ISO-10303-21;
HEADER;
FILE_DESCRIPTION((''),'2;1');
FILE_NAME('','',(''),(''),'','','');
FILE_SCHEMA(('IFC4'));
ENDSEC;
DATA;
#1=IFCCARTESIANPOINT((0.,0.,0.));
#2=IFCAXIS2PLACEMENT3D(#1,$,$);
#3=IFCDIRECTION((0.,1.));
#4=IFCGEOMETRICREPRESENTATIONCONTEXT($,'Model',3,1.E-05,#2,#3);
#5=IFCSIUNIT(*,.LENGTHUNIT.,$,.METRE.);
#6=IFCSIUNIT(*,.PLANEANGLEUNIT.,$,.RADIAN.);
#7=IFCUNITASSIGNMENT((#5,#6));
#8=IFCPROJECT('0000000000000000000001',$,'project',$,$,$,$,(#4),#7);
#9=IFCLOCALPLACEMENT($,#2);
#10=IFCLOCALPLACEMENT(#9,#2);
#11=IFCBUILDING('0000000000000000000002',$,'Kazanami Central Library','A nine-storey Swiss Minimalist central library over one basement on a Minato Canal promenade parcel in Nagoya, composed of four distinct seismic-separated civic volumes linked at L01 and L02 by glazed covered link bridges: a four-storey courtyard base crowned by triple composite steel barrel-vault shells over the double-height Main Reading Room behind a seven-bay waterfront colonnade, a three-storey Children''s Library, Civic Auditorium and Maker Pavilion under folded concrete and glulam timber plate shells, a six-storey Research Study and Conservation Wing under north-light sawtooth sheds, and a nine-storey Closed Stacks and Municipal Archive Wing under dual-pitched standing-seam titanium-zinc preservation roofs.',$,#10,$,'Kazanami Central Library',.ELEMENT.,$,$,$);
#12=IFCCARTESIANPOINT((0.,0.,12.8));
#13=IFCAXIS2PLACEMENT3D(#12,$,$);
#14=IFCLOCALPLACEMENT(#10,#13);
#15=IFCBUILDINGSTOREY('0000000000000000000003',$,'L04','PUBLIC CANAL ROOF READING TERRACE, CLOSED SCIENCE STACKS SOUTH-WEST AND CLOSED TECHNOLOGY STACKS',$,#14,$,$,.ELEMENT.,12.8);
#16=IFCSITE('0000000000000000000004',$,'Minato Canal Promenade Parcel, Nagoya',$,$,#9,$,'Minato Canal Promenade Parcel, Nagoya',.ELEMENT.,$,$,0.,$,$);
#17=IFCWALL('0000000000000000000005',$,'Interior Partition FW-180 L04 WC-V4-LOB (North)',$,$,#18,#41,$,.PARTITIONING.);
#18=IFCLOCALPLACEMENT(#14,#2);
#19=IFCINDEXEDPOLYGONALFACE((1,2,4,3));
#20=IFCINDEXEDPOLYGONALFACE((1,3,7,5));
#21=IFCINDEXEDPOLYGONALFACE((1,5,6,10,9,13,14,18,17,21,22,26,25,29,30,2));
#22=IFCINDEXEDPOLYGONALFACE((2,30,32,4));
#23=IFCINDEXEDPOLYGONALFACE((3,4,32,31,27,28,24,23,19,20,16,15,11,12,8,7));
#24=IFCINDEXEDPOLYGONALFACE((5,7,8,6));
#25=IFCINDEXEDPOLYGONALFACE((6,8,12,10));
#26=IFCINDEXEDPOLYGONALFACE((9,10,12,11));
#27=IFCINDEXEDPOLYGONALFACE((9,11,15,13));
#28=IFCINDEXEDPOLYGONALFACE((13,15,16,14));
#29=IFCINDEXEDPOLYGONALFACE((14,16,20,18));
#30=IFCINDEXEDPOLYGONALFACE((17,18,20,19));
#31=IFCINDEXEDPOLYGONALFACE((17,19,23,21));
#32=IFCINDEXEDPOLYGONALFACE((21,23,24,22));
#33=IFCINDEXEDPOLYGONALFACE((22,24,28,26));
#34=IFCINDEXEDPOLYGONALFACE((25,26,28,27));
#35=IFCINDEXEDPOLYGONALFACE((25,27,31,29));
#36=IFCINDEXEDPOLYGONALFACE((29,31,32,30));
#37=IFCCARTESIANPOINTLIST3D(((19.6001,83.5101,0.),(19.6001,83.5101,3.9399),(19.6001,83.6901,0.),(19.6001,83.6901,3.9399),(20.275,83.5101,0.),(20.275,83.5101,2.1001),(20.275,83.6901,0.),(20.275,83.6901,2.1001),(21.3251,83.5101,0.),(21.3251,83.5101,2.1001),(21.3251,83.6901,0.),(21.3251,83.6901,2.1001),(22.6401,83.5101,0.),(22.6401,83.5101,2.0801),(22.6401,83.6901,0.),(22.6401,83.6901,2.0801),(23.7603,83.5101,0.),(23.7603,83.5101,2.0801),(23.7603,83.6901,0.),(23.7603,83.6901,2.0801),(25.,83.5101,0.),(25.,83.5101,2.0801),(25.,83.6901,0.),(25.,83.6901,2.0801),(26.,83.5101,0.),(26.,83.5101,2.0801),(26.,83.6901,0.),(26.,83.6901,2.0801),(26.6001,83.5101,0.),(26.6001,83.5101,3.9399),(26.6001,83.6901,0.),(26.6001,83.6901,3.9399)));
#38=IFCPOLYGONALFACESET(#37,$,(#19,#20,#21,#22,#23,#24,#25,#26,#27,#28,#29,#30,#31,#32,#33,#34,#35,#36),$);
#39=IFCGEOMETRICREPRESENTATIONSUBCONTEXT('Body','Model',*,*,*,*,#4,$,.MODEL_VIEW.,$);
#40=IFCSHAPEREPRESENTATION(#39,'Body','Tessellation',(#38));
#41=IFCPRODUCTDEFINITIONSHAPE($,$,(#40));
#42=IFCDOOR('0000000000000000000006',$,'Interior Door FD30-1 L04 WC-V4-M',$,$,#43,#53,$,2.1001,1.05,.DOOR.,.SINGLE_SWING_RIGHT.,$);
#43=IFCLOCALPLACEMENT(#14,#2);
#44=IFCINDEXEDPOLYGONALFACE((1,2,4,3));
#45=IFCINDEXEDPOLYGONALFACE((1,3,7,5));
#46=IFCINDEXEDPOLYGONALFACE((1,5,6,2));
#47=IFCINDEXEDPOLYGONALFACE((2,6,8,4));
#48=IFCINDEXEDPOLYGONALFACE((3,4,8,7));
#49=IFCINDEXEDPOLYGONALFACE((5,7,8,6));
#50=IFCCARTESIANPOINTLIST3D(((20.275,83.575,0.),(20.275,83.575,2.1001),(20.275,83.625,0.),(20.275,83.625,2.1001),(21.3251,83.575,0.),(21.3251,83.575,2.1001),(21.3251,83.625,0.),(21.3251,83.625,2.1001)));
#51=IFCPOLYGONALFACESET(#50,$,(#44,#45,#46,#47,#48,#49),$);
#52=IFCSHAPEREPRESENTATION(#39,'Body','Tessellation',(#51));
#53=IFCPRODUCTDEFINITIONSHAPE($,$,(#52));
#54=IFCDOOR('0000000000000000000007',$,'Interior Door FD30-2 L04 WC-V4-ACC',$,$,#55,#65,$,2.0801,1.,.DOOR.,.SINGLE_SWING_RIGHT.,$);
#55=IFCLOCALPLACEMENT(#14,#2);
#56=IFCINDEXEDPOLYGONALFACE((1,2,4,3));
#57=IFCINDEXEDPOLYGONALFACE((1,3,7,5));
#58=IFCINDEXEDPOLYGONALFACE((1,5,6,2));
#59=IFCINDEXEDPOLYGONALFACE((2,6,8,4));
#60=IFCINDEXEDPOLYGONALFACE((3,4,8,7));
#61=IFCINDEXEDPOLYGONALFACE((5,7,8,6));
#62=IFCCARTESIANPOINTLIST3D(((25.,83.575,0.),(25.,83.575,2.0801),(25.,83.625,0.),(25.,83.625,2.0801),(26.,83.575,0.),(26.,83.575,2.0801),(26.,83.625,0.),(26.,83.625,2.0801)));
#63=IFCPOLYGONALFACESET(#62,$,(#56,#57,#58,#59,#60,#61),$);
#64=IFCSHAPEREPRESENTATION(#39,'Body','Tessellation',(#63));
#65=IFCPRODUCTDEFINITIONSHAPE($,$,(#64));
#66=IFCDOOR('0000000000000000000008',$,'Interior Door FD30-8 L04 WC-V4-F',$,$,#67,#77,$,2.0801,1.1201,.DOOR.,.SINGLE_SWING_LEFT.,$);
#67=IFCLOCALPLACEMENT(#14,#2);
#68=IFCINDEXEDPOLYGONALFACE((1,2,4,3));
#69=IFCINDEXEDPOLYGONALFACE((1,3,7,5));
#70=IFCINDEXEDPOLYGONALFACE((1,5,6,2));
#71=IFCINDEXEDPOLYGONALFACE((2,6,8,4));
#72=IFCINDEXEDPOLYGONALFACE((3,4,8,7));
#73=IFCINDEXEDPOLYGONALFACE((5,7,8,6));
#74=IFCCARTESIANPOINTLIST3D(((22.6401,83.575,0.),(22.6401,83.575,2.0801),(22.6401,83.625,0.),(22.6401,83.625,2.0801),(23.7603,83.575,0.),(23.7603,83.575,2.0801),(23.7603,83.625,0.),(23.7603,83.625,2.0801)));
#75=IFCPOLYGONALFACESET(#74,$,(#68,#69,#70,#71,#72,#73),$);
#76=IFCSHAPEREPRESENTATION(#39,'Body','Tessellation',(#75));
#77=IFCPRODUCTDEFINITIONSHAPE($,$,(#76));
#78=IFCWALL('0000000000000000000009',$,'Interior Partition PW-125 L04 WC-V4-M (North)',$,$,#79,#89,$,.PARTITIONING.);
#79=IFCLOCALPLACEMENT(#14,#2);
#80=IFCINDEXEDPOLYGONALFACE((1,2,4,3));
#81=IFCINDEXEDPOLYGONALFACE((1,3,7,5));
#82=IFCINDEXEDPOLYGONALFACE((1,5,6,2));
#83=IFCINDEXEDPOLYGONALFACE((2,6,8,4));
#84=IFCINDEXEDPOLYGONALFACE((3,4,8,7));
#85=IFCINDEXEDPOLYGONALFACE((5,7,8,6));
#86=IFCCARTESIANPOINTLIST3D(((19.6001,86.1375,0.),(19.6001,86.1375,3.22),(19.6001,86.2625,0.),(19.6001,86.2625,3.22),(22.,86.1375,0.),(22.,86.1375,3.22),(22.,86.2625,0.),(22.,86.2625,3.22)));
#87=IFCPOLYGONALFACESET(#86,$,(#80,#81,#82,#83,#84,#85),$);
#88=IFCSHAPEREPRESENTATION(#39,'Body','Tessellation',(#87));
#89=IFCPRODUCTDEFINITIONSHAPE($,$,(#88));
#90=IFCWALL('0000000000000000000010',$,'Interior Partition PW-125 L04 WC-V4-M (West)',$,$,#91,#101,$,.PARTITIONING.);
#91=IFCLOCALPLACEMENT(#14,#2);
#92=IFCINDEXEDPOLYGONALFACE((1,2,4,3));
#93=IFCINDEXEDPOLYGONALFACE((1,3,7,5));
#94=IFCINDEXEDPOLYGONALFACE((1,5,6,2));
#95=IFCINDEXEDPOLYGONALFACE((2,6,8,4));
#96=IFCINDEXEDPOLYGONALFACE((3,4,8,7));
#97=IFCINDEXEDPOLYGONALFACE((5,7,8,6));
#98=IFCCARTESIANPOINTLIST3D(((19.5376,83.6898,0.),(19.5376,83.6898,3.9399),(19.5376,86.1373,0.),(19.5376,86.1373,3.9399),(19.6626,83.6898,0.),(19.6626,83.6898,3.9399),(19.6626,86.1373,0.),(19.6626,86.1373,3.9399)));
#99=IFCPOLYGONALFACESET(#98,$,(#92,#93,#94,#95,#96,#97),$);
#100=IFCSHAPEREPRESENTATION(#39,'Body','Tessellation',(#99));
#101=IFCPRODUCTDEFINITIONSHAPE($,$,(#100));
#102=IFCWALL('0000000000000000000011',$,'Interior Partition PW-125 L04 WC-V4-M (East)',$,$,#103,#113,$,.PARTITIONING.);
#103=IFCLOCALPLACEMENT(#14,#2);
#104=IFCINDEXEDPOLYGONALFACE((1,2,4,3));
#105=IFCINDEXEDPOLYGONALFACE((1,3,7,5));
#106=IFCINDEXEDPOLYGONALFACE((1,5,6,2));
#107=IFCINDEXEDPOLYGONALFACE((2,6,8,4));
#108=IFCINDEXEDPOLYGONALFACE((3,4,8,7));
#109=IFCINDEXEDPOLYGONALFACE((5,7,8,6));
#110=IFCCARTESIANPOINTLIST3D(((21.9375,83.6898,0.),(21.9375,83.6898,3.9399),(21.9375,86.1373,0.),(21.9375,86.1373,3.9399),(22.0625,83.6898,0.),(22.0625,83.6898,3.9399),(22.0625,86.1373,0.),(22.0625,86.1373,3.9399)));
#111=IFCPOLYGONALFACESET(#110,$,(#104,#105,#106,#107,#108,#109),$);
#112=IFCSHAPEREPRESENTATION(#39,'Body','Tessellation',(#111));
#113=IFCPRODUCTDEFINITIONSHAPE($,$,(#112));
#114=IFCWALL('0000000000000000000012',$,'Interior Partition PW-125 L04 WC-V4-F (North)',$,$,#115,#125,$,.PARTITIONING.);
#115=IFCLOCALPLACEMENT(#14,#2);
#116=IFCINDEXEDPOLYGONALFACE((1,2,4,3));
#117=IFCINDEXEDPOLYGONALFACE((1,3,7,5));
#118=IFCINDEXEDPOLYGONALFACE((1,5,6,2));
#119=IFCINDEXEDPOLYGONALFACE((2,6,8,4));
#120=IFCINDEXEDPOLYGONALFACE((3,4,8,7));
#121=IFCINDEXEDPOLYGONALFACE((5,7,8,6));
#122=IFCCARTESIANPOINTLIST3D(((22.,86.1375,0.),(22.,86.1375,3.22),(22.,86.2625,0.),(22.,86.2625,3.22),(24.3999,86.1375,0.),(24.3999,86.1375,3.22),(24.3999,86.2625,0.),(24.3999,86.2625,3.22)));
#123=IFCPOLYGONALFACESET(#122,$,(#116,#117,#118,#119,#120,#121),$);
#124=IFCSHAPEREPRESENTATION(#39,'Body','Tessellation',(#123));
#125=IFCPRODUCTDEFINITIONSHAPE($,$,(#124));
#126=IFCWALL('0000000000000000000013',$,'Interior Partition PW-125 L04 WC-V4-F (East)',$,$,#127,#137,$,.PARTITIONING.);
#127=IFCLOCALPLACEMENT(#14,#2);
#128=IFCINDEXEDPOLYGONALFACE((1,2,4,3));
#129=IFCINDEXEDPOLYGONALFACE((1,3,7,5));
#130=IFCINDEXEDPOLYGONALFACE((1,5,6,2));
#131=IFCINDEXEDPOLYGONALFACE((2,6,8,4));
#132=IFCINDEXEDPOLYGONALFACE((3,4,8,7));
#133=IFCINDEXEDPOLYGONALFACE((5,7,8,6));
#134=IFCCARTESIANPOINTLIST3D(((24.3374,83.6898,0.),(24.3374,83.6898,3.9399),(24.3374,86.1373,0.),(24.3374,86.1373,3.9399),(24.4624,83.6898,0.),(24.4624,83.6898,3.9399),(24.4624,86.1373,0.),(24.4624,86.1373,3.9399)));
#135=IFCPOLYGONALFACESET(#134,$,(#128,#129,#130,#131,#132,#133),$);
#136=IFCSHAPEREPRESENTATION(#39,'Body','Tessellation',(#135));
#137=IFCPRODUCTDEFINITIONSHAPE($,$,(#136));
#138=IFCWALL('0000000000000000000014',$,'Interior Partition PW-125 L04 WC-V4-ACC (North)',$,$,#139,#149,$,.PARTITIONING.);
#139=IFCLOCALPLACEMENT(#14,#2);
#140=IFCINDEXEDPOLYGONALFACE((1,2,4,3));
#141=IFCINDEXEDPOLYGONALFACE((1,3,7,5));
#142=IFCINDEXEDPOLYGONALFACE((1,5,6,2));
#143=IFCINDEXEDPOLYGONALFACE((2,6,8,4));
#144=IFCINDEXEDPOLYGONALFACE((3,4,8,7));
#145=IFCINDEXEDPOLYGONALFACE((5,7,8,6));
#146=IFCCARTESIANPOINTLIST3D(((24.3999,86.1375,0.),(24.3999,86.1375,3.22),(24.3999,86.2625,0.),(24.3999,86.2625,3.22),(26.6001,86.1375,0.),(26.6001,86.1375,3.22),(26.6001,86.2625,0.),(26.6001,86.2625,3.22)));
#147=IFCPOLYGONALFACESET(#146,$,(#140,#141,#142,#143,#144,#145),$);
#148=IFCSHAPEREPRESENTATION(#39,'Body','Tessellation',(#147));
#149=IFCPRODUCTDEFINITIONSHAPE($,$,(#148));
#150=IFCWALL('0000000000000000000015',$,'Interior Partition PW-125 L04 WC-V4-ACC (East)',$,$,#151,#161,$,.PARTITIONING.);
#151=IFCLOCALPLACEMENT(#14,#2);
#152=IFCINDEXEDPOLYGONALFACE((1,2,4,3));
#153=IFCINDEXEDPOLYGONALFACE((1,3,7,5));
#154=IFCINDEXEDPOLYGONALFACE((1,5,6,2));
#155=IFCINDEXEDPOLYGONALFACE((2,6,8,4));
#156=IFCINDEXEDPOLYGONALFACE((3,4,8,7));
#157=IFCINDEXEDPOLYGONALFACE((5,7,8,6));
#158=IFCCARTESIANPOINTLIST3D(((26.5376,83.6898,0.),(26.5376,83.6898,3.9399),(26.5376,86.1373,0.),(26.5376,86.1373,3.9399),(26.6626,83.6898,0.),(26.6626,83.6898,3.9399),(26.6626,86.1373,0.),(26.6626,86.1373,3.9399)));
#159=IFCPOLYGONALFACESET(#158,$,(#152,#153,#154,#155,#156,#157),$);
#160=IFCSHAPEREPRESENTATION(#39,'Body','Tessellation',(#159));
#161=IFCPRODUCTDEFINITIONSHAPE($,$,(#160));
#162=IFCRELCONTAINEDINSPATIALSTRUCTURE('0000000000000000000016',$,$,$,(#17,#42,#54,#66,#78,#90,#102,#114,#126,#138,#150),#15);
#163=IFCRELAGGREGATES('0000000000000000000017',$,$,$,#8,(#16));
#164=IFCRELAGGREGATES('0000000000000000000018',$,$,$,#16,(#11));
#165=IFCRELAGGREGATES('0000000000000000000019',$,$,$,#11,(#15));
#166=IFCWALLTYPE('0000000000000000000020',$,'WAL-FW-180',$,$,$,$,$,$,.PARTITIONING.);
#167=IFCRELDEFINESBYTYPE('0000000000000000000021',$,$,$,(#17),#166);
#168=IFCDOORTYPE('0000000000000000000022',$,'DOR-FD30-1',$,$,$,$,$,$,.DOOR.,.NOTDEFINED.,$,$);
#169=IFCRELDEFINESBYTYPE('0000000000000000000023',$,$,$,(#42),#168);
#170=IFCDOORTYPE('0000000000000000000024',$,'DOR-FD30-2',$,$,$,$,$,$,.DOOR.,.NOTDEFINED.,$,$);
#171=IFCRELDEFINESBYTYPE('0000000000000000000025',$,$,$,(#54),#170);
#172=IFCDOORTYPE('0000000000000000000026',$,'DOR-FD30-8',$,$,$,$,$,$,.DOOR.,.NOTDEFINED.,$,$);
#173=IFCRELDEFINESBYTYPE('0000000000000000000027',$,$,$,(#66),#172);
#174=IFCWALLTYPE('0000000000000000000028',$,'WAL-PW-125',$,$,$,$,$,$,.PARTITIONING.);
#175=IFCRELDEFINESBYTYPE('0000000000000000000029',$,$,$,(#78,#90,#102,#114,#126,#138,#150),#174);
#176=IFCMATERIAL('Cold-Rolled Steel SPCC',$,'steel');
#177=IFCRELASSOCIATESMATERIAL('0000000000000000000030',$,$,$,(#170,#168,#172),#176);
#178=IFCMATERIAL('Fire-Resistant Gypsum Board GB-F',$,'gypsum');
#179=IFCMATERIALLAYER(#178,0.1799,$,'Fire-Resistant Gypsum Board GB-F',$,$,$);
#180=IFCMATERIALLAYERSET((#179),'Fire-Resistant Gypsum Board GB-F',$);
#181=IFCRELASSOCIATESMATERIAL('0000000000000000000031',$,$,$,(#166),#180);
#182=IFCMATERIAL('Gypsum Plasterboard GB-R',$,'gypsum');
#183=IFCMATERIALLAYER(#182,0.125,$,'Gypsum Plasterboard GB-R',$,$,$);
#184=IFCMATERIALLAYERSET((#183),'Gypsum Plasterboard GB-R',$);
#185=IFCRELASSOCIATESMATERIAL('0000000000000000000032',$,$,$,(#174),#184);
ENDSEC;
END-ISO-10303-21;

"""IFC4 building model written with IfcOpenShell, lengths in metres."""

from ifc_helpers import new_model, si_unit, direction, frame, frame_2d, origin, place, context, subcontext, project, spatial, rectangle, extrude, material, layer, layer_set, type_object, element, fill, save


model = new_model("IFC4")

# Units and contexts
model_context = context("Model", 3, precision=1e-05, world=origin(), true_north=direction((0.0, 1.0)))
body_context = subcontext(model_context, "Body", "Model", "MODEL_VIEW")
ifc_project = project(units=[si_unit("LENGTHUNIT", "METRE"), si_unit("PLANEANGLEUNIT", "RADIAN")], contexts=[model_context])

# Site, building, storey
site_placement = place(None, origin())
site = spatial("IfcSite", under=ifc_project, at=site_placement, Name="Minato Canal Promenade Parcel, Nagoya", LongName="Minato Canal Promenade Parcel, Nagoya", CompositionType="ELEMENT", RefElevation=0.0)
building_placement = place(site_placement, origin())
building = spatial("IfcBuilding", under=site, at=building_placement, Name="Kazanami Central Library", Description="A nine-storey Swiss Minimalist central library over one basement on a Minato Canal promenade parcel in Nagoya, composed of four distinct seismic-separated civic volumes linked at L01 and L02 by glazed covered link bridges: a four-storey courtyard base crowned by triple composite steel barrel-vault shells over the double-height Main Reading Room behind a seven-bay waterfront colonnade, a three-storey Children's Library, Civic Auditorium and Maker Pavilion under folded concrete and glulam timber plate shells, a six-storey Research Study and Conservation Wing under north-light sawtooth sheds, and a nine-storey Closed Stacks and Municipal Archive Wing under dual-pitched standing-seam titanium-zinc preservation roofs.", LongName="Kazanami Central Library", CompositionType="ELEMENT")
storey_placement = place(building_placement, frame((0.0, 0.0, 12.8)))
storey = spatial("IfcBuildingStorey", under=building, at=storey_placement, Name="L04", Description="PUBLIC CANAL ROOF READING TERRACE, CLOSED SCIENCE STACKS SOUTH-WEST AND CLOSED TECHNOLOGY STACKS", CompositionType="ELEMENT", Elevation=12.8)

# Shared definitions
ifc_material_1 = material(Name="Fire-Resistant Gypsum Board GB-F", Category="gypsum")

# Shared definitions
ifc_material_2 = material(Name="Cold-Rolled Steel SPCC", Category="steel")
door_type_1 = type_object("IfcDoorType", Name="DOR-FD30-2", OperationType="NOTDEFINED", PredefinedType="DOOR", material=ifc_material_2)

# Wall, openings, doors
ifc_layer_1 = layer(ifc_material_1, 0.1799, Name="Fire-Resistant Gypsum Board GB-F")
ifc_layer_set_1 = layer_set([ifc_layer_1], Name="Fire-Resistant Gypsum Board GB-F")
wall_type_1 = type_object("IfcWallType", Name="WAL-FW-180", PredefinedType="PARTITIONING", material=ifc_layer_set_1)
wall_1_placement = place(storey_placement, frame((19.6001, 83.6001, 0.0), z_axis=(0.0, 0.0, 1.0), x_axis=(1.0, 0.0, 0.0)))
wall_1 = element("IfcWall", 1, at=wall_1_placement, inside=storey, type_object=wall_type_1, Name="Interior Partition FW-180 L04 WC-V4-LOB (North)", PredefinedType="PARTITIONING", context=body_context, shape_type="SweptSolid", body=[
    extrude(rectangle(XDim=7.0, YDim=0.1799, at=frame_2d((3.5, 0.0))), origin(), (0.0, 0.0, 1.0), 3.9399),
])
opening_1_placement = place(wall_1_placement, frame((0.675, 0.0, 0.0)))
opening_1 = element("IfcOpeningElement", 2, at=opening_1_placement, cuts=wall_1, PredefinedType="OPENING", context=body_context, shape_type="SweptSolid", body=[
    extrude(rectangle(XDim=1.05, YDim=2.1001, at=frame_2d((0.5249, 1.05))), frame((0.0, 0.1021, 0.0), z_axis=(0.0, -1.0, 0.0), x_axis=(1.0, 0.0, 0.0)), (0.0, 0.0, 1.0), 0.2039),
])
opening_2_placement = place(wall_1_placement, frame((3.04, 0.0, 0.0)))
opening_2 = element("IfcOpeningElement", 3, at=opening_2_placement, cuts=wall_1, PredefinedType="OPENING", context=body_context, shape_type="SweptSolid", body=[
    extrude(rectangle(XDim=1.1201, YDim=2.0801, at=frame_2d((0.5601, 1.04))), frame((0.0, 0.1021, 0.0), z_axis=(0.0, -1.0, 0.0), x_axis=(1.0, 0.0, 0.0)), (0.0, 0.0, 1.0), 0.2039),
])
opening_3_placement = place(wall_1_placement, frame((5.3999, 0.0, 0.0)))
opening_3 = element("IfcOpeningElement", 4, at=opening_3_placement, cuts=wall_1, PredefinedType="OPENING", context=body_context, shape_type="SweptSolid", body=[
    extrude(rectangle(XDim=1.0, YDim=2.0801, at=frame_2d((0.5, 1.04))), frame((0.0, 0.1021, 0.0), z_axis=(0.0, -1.0, 0.0), x_axis=(1.0, 0.0, 0.0)), (0.0, 0.0, 1.0), 0.2039),
])
door_type_2 = type_object("IfcDoorType", Name="DOR-FD30-1", OperationType="NOTDEFINED", PredefinedType="DOOR", material=ifc_material_2)
door_1_placement = place(opening_1_placement, origin())
door_1 = element("IfcDoor", 5, at=door_1_placement, inside=storey, type_object=door_type_2, Name="Interior Door FD30-1 L04 WC-V4-M", OperationType="SINGLE_SWING_RIGHT", OverallHeight=2.1001, OverallWidth=1.05, PredefinedType="DOOR", context=body_context, shape_type="SweptSolid", body=[
    extrude(rectangle(XDim=1.05, YDim=2.1001, at=frame_2d((0.5249, 1.05))), frame((0.0, 0.0249, 0.0), z_axis=(0.0, -1.0, 0.0), x_axis=(1.0, 0.0, 0.0)), (0.0, 0.0, 1.0), 0.05),
])
fill(opening_1, door_1)
door_2_placement = place(opening_3_placement, origin())
door_2 = element("IfcDoor", 6, at=door_2_placement, inside=storey, type_object=door_type_1, Name="Interior Door FD30-2 L04 WC-V4-ACC", OperationType="SINGLE_SWING_RIGHT", OverallHeight=2.0801, OverallWidth=1.0, PredefinedType="DOOR", context=body_context, shape_type="SweptSolid", body=[
    extrude(rectangle(XDim=1.0, YDim=2.0801, at=frame_2d((0.5, 1.04))), frame((0.0, 0.0249, 0.0), z_axis=(0.0, -1.0, 0.0), x_axis=(1.0, 0.0, 0.0)), (0.0, 0.0, 1.0), 0.05),
])
fill(opening_3, door_2)
door_type_3 = type_object("IfcDoorType", Name="DOR-FD30-8", OperationType="NOTDEFINED", PredefinedType="DOOR", material=ifc_material_2)
door_3_placement = place(opening_2_placement, origin())
door_3 = element("IfcDoor", 7, at=door_3_placement, inside=storey, type_object=door_type_3, Name="Interior Door FD30-8 L04 WC-V4-F", OperationType="SINGLE_SWING_LEFT", OverallHeight=2.0801, OverallWidth=1.1201, PredefinedType="DOOR", context=body_context, shape_type="SweptSolid", body=[
    extrude(rectangle(XDim=1.1201, YDim=2.0801, at=frame_2d((0.5601, 1.04))), frame((0.0, 0.0249, 0.0), z_axis=(0.0, -1.0, 0.0), x_axis=(1.0, 0.0, 0.0)), (0.0, 0.0, 1.0), 0.05),
])
fill(opening_2, door_3)

# Walls
ifc_material_3 = material(Name="Gypsum Plasterboard GB-R", Category="gypsum")
ifc_layer_2 = layer(ifc_material_3, 0.125, Name="Gypsum Plasterboard GB-R")
ifc_layer_set_2 = layer_set([ifc_layer_2], Name="Gypsum Plasterboard GB-R")
wall_type_2 = type_object("IfcWallType", Name="WAL-PW-125", PredefinedType="PARTITIONING", material=ifc_layer_set_2)
wall_2_placement = place(storey_placement, frame((19.6001, 86.2, 0.0), z_axis=(0.0, 0.0, 1.0), x_axis=(1.0, 0.0, 0.0)))
element("IfcWall", 8, at=wall_2_placement, inside=storey, type_object=wall_type_2, Name="Interior Partition PW-125 L04 WC-V4-M (North)", PredefinedType="PARTITIONING", context=body_context, shape_type="SweptSolid", body=[
    extrude(rectangle(XDim=2.3999, YDim=0.125, at=frame_2d((1.2, 0.0))), origin(), (0.0, 0.0, 1.0), 3.22),
])
for number, where, z_axis, x_axis, name in (
    (9, (19.6001, 83.6899, 0.0), (0.0, 0.0, 1.0), (0.0, 1.0, 0.0), "Interior Partition PW-125 L04 WC-V4-M (West)"),
    (10, (22.0, 83.6899, 0.0), (0.0, 0.0, 1.0), (0.0, 1.0, 0.0), "Interior Partition PW-125 L04 WC-V4-M (East)"),
):
    element("IfcWall", number, at=place(storey_placement, frame(where, z_axis=z_axis, x_axis=x_axis)), inside=storey, type_object=wall_type_2, Name=name, PredefinedType="PARTITIONING", context=body_context, shape_type="SweptSolid", body=[
        extrude(rectangle(XDim=2.4475, YDim=0.125, at=frame_2d((1.2236, 0.0))), origin(), (0.0, 0.0, 1.0), 3.9399),
    ])
wall_3_placement = place(storey_placement, frame((22.0, 86.2, 0.0), z_axis=(0.0, 0.0, 1.0), x_axis=(1.0, 0.0, 0.0)))
element("IfcWall", 11, at=wall_3_placement, inside=storey, type_object=wall_type_2, Name="Interior Partition PW-125 L04 WC-V4-F (North)", PredefinedType="PARTITIONING", context=body_context, shape_type="SweptSolid", body=[
    extrude(rectangle(XDim=2.3999, YDim=0.125, at=frame_2d((1.2, 0.0))), origin(), (0.0, 0.0, 1.0), 3.22),
])
wall_4_placement = place(storey_placement, frame((24.3999, 83.6899, 0.0), z_axis=(0.0, 0.0, 1.0), x_axis=(0.0, 1.0, 0.0)))
element("IfcWall", 12, at=wall_4_placement, inside=storey, type_object=wall_type_2, Name="Interior Partition PW-125 L04 WC-V4-F (East)", PredefinedType="PARTITIONING", context=body_context, shape_type="SweptSolid", body=[
    extrude(rectangle(XDim=2.4475, YDim=0.125, at=frame_2d((1.2236, 0.0))), origin(), (0.0, 0.0, 1.0), 3.9399),
])
wall_5_placement = place(storey_placement, frame((24.3999, 86.2, 0.0), z_axis=(0.0, 0.0, 1.0), x_axis=(1.0, 0.0, 0.0)))
element("IfcWall", 13, at=wall_5_placement, inside=storey, type_object=wall_type_2, Name="Interior Partition PW-125 L04 WC-V4-ACC (North)", PredefinedType="PARTITIONING", context=body_context, shape_type="SweptSolid", body=[
    extrude(rectangle(XDim=2.2002, YDim=0.125, at=frame_2d((1.1001, 0.0))), origin(), (0.0, 0.0, 1.0), 3.22),
])
wall_6_placement = place(storey_placement, frame((26.6001, 83.6899, 0.0), z_axis=(0.0, 0.0, 1.0), x_axis=(0.0, 1.0, 0.0)))
element("IfcWall", 14, at=wall_6_placement, inside=storey, type_object=wall_type_2, Name="Interior Partition PW-125 L04 WC-V4-ACC (East)", PredefinedType="PARTITIONING", context=body_context, shape_type="SweptSolid", body=[
    extrude(rectangle(XDim=2.4475, YDim=0.125, at=frame_2d((1.2236, 0.0))), origin(), (0.0, 0.0, 1.0), 3.9399),
])

save(model, "model.ifc")
